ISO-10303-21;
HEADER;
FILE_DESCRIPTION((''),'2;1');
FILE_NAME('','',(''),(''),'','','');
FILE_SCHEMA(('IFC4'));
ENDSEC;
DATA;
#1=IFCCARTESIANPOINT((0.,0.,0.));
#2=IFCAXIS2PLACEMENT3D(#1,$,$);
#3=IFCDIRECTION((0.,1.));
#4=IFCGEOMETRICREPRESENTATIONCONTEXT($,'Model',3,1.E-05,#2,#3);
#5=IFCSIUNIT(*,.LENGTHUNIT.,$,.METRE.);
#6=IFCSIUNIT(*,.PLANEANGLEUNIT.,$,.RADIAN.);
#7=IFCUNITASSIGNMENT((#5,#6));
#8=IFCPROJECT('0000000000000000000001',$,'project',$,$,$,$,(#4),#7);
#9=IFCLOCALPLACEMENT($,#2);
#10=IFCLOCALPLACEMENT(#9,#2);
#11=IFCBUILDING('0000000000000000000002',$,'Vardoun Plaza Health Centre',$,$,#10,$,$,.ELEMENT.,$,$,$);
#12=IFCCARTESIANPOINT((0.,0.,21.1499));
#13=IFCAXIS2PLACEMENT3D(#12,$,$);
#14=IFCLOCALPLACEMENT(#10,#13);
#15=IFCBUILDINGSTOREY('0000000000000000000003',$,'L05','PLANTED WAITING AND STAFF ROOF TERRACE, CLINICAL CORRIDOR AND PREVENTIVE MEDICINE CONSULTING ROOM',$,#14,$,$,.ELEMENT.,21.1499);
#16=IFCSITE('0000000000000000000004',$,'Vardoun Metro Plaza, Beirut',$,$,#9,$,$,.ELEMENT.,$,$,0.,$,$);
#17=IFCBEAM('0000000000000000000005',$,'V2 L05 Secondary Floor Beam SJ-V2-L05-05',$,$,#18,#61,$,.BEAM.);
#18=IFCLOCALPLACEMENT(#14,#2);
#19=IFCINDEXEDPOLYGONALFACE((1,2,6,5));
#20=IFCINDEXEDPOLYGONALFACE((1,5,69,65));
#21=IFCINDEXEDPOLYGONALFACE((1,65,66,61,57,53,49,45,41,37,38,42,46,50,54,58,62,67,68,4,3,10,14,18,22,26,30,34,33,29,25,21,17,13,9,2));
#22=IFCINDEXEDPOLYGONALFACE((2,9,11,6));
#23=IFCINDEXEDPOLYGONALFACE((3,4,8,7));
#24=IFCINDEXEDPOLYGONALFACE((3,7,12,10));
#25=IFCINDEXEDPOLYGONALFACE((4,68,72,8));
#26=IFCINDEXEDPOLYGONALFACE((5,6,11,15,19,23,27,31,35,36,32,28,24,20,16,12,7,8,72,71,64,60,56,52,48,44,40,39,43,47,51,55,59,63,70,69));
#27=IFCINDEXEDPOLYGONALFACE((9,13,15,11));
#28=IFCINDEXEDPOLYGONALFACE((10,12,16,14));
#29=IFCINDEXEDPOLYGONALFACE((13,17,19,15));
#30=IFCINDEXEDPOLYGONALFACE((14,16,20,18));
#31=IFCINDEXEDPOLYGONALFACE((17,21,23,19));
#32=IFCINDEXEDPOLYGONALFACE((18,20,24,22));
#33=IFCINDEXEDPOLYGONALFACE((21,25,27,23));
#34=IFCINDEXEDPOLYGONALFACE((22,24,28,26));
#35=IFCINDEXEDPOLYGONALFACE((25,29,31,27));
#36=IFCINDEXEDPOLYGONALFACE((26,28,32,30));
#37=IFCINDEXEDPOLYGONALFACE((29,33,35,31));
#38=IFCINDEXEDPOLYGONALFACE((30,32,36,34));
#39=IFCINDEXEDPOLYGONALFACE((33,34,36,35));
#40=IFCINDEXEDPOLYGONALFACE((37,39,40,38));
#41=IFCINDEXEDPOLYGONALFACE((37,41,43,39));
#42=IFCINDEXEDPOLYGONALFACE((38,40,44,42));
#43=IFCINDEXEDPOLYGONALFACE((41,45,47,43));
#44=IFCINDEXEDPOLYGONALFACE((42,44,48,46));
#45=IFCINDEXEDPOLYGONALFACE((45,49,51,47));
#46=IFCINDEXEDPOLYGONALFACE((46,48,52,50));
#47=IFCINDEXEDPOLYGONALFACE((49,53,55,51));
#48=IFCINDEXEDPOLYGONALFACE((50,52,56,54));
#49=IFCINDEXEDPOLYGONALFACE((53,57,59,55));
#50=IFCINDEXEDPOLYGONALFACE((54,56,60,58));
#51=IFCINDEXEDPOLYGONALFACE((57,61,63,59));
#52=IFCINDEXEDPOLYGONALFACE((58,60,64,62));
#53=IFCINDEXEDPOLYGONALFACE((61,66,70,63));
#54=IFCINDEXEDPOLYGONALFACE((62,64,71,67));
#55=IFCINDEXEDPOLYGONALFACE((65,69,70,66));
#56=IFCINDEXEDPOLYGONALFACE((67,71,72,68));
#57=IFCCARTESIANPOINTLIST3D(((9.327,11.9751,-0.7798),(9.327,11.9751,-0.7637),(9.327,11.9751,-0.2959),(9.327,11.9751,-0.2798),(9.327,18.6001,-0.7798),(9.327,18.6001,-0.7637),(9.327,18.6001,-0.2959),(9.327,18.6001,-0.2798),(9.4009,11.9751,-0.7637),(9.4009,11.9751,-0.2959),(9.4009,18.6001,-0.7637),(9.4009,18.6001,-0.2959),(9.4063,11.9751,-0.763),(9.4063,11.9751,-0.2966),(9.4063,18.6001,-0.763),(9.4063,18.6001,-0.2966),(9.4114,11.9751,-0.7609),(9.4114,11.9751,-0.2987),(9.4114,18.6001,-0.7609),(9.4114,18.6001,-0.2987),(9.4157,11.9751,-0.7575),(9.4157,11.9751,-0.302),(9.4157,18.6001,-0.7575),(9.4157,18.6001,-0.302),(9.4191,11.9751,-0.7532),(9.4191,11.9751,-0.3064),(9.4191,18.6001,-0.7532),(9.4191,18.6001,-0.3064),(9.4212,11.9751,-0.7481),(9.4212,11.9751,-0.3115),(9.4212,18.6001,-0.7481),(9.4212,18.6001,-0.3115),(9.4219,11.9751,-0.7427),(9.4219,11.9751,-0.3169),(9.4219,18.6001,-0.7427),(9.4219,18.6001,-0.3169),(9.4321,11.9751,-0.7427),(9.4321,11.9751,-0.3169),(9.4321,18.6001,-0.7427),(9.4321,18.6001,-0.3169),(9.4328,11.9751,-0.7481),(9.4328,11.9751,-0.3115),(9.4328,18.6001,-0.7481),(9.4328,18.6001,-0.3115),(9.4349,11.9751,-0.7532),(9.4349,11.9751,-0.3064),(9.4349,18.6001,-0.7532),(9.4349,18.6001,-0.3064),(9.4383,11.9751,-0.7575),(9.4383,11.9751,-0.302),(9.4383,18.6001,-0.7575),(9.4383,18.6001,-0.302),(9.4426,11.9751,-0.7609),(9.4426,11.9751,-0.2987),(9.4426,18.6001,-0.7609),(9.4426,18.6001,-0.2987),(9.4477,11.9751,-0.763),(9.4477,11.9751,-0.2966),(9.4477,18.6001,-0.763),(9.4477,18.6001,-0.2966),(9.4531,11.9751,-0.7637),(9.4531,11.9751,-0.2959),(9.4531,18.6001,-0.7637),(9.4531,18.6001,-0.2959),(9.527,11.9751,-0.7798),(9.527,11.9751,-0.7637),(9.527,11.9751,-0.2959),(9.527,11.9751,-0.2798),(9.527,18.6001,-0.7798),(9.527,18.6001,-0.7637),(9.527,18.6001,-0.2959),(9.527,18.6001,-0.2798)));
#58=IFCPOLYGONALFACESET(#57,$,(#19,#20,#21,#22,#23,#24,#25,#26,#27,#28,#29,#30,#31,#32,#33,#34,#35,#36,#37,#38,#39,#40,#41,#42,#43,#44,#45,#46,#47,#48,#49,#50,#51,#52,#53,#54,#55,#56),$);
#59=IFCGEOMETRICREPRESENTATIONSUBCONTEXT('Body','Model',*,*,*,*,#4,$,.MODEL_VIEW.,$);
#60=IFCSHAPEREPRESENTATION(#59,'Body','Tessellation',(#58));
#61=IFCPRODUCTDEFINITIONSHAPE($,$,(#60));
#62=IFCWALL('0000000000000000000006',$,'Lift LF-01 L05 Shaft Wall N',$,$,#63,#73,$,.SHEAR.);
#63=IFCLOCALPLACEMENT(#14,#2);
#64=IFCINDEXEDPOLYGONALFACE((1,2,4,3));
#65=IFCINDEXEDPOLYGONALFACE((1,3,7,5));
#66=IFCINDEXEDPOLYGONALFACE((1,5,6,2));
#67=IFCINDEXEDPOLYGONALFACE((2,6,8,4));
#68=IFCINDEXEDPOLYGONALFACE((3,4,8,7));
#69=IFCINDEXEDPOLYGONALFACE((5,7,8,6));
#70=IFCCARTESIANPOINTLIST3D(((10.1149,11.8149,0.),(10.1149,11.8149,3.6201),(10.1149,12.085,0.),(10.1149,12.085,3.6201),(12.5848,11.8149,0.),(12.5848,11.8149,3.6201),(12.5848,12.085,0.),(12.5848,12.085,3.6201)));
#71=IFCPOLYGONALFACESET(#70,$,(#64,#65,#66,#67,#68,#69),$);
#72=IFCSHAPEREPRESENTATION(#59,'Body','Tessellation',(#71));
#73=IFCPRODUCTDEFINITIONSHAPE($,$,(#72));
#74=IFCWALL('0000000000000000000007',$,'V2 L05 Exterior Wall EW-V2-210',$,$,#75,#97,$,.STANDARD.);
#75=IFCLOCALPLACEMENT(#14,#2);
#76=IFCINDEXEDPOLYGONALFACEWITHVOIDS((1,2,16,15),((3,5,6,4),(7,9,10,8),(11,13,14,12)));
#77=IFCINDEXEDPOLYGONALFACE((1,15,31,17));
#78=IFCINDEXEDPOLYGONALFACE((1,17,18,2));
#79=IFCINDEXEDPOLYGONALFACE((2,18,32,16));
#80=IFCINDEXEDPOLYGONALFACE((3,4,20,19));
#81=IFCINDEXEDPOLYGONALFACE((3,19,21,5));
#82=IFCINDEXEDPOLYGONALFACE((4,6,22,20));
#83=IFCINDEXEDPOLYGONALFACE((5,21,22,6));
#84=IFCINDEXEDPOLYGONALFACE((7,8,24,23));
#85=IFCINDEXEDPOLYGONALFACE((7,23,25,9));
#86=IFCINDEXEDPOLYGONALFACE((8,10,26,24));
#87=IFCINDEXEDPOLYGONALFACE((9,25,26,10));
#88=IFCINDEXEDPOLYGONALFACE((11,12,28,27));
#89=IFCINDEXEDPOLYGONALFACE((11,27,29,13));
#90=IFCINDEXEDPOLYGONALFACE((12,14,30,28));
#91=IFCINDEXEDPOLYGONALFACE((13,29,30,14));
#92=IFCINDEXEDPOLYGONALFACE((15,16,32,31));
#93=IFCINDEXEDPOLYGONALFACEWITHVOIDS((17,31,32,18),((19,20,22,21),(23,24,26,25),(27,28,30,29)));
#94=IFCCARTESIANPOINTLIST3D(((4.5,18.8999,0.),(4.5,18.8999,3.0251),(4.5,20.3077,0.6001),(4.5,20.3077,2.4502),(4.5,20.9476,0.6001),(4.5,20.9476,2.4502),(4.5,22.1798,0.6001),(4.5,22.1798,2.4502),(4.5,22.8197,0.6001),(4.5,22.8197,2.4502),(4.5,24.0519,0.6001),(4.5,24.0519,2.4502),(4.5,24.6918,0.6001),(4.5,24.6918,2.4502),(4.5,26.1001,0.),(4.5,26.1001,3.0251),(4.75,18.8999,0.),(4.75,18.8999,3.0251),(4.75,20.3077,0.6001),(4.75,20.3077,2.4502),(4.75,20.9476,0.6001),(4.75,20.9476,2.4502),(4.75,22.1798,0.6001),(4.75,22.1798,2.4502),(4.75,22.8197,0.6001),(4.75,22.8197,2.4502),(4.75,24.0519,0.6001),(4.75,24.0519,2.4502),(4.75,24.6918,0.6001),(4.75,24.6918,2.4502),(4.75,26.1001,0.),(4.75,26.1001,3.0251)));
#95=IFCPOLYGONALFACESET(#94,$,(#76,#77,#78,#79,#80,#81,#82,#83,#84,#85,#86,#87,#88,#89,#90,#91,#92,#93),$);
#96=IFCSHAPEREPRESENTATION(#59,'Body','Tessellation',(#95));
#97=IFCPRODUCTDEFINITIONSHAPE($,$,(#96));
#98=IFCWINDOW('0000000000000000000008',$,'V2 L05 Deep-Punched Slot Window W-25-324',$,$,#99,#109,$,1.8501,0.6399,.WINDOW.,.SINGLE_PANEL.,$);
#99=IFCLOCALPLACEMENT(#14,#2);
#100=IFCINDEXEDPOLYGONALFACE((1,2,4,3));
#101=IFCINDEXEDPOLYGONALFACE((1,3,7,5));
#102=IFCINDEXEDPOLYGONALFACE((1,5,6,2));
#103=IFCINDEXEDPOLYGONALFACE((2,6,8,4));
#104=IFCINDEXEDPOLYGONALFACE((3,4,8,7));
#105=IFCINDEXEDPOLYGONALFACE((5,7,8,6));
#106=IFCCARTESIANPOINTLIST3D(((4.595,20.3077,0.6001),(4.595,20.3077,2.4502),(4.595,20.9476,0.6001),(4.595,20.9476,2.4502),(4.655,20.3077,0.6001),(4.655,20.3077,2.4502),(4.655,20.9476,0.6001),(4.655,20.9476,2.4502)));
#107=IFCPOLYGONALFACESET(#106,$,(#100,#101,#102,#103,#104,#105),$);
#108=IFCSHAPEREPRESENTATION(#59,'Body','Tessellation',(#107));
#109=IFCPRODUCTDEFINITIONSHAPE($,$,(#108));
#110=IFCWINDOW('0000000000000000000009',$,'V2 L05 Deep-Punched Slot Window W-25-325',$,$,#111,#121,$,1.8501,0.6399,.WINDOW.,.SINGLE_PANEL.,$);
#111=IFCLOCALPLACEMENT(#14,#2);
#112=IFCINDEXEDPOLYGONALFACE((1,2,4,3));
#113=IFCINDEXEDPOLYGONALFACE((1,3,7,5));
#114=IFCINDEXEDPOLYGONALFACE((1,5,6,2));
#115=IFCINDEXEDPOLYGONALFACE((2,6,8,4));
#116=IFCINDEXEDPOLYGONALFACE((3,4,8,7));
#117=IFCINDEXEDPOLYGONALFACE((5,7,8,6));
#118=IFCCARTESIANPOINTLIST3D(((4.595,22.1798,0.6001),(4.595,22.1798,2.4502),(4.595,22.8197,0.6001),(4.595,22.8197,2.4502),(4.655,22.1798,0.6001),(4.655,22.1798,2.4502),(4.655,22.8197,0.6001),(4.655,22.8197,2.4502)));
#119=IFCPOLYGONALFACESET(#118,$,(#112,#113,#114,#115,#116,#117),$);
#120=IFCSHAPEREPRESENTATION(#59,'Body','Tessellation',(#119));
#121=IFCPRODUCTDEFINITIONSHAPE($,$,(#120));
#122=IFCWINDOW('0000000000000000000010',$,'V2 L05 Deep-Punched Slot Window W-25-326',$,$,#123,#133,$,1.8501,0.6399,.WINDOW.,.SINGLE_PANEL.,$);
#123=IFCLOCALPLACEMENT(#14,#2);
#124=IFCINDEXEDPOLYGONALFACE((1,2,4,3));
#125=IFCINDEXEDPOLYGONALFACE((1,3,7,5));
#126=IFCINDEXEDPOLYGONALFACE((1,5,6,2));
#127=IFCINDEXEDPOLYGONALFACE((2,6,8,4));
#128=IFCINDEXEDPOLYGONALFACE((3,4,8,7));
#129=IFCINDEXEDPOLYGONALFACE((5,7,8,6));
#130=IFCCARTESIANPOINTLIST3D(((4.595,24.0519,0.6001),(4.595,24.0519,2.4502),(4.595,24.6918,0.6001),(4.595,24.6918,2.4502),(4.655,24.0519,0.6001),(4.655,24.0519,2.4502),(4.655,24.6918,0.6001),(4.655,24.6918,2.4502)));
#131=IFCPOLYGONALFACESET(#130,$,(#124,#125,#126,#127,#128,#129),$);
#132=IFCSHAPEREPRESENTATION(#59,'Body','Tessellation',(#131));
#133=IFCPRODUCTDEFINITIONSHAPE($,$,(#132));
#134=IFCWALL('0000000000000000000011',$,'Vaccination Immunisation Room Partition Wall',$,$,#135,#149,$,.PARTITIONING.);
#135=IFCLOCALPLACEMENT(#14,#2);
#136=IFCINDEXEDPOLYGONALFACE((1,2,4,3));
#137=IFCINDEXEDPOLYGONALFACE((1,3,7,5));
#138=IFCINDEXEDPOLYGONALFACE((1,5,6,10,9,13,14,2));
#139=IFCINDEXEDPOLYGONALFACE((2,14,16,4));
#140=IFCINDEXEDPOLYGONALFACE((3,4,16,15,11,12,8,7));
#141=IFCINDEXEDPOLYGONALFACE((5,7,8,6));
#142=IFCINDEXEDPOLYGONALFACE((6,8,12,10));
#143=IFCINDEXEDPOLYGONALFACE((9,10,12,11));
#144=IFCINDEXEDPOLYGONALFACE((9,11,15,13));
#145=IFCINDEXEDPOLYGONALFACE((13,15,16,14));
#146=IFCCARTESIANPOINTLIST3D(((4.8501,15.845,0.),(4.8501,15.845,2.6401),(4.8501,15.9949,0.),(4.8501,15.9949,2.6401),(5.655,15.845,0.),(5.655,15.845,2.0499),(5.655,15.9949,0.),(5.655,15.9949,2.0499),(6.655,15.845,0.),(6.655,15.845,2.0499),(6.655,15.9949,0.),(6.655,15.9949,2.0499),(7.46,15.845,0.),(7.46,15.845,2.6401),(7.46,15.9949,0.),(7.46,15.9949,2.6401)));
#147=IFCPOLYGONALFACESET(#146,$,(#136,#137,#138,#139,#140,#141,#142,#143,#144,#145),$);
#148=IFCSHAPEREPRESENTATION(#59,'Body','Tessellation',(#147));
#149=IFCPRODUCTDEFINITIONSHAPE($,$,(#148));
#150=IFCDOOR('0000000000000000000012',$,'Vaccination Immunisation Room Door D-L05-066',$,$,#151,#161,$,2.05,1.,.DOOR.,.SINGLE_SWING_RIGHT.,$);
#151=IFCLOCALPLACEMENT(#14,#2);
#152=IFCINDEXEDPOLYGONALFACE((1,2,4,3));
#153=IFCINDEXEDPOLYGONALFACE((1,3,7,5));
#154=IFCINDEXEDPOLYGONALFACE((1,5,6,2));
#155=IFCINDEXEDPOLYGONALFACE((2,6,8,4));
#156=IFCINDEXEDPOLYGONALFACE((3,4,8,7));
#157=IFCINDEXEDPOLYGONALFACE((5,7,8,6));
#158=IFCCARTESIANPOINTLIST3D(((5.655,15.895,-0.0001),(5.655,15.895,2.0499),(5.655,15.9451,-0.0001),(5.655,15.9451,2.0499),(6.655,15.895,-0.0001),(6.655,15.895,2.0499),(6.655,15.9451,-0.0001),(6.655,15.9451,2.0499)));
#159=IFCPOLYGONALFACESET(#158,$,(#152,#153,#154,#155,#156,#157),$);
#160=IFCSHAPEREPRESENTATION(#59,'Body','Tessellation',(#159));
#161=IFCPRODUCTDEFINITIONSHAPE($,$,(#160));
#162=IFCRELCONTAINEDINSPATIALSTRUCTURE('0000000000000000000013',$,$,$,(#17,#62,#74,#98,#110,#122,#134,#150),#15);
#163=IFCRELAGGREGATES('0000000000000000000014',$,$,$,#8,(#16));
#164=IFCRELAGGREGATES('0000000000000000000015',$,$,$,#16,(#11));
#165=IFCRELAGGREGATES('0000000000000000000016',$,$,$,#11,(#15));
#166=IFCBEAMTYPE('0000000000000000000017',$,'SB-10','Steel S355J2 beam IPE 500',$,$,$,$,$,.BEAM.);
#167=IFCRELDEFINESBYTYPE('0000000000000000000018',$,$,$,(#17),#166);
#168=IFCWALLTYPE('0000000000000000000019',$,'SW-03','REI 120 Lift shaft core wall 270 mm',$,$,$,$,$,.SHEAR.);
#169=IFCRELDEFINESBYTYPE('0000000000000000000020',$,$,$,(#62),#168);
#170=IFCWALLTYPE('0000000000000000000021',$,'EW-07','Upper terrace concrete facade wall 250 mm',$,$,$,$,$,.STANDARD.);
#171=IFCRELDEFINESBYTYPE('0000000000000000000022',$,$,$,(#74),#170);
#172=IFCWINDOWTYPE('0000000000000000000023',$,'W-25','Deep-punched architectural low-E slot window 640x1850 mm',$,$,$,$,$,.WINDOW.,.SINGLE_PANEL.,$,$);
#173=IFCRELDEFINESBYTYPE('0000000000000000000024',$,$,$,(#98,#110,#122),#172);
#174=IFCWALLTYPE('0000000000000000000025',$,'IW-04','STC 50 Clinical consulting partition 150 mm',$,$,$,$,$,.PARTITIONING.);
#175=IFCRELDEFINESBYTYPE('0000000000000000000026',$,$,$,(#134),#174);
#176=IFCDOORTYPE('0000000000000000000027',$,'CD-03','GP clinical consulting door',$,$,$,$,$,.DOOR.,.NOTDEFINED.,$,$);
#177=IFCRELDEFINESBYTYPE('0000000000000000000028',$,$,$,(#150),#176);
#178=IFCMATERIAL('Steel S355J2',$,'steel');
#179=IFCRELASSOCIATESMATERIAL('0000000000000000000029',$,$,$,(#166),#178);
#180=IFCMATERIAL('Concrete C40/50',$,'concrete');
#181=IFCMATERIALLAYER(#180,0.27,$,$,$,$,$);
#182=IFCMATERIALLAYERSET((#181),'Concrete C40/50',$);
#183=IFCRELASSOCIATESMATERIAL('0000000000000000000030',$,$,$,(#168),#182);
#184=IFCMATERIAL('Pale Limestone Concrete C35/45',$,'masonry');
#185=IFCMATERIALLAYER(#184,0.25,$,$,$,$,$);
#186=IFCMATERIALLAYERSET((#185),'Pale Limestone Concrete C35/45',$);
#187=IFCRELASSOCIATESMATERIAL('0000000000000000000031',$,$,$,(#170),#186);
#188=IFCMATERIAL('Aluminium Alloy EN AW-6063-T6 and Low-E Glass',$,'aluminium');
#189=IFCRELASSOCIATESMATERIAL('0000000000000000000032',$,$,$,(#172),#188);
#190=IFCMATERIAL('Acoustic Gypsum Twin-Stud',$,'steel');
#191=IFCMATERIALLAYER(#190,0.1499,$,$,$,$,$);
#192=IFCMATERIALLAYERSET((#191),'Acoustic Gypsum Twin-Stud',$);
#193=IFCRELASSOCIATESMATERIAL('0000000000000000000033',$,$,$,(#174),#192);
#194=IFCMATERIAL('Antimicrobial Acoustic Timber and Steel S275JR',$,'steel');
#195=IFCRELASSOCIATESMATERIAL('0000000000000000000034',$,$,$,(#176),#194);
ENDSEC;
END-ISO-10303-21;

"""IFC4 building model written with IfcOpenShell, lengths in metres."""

from ifc_helpers import new_model, si_unit, direction, frame, frame_2d, origin, origin_2d, place, context, subcontext, project, spatial, rectangle, i_section, extrude, material, layer, layer_set, material_profile, profile_set, type_object, element, fill, save


model = new_model("IFC4")

# Units and contexts
model_context = context("Model", 3, precision=1e-05, world=origin(), true_north=direction((0.0, 1.0)))
body_context = subcontext(model_context, "Body", "Model", "MODEL_VIEW")
ifc_project = project(units=[si_unit("LENGTHUNIT", "METRE"), si_unit("PLANEANGLEUNIT", "RADIAN")], contexts=[model_context])

# Site, building, storey
site_placement = place(None, origin())
site = spatial("IfcSite", under=ifc_project, at=site_placement, Name="Vardoun Metro Plaza, Beirut", CompositionType="ELEMENT", RefElevation=0.0)
building_placement = place(site_placement, origin())
building = spatial("IfcBuilding", under=site, at=building_placement, Name="Vardoun Plaza Health Centre", CompositionType="ELEMENT")
storey_placement = place(building_placement, frame((0.0, 0.0, 21.1499)))
storey = spatial("IfcBuildingStorey", under=building, at=storey_placement, Name="L05", Description="PLANTED WAITING AND STAFF ROOF TERRACE, CLINICAL CORRIDOR AND PREVENTIVE MEDICINE CONSULTING ROOM", CompositionType="ELEMENT", Elevation=21.1499)

# Beam
ifc_material_1 = material(Name="Steel S355J2", Category="steel")
ifc_material_profile_1 = material_profile(ifc_material_1, i_section(OverallWidth=0.2, OverallDepth=0.5, WebThickness=0.0103, FlangeThickness=0.0161, FilletRadius=0.021, at=origin_2d()), Name="IPE 500")
ifc_profile_set_1 = profile_set([ifc_material_profile_1], Name="Steel S355J2")
beam_type_1 = type_object("IfcBeamType", Name="SB-10", Description="Steel S355J2 beam IPE 500", PredefinedType="BEAM", material=ifc_profile_set_1)
beam_1_placement = place(storey_placement, frame((9.427, 11.9751, -0.5298), z_axis=(0.0, 1.0, 0.0), x_axis=(-1.0, 0.0, 0.0)))
element("IfcBeam", 1, at=beam_1_placement, inside=storey, type_object=beam_type_1, Name="V2 L05 Secondary Floor Beam SJ-V2-L05-05", PredefinedType="BEAM", context=body_context, shape_type="SweptSolid", body=[
    extrude(i_section(OverallWidth=0.2, OverallDepth=0.5, WebThickness=0.0103, FlangeThickness=0.0161, FilletRadius=0.021, at=origin_2d()), origin(), (0.0, 0.0, 1.0), 6.625),
])

# Wall
ifc_material_2 = material(Name="Concrete C40/50", Category="concrete")
ifc_layer_1 = layer(ifc_material_2, 0.27)
ifc_layer_set_1 = layer_set([ifc_layer_1], Name="Concrete C40/50")
wall_type_1 = type_object("IfcWallType", Name="SW-03", Description="REI 120 Lift shaft core wall 270 mm", PredefinedType="SHEAR", material=ifc_layer_set_1)
wall_1_placement = place(storey_placement, frame((10.115, 11.95, 0.0), z_axis=(0.0, 0.0, 1.0), x_axis=(1.0, 0.0, 0.0)))
element("IfcWall", 2, at=wall_1_placement, inside=storey, type_object=wall_type_1, Name="Lift LF-01 L05 Shaft Wall N", PredefinedType="SHEAR", context=body_context, shape_type="SweptSolid", body=[
    extrude(rectangle(XDim=2.47, YDim=0.27, at=frame_2d((1.2349, 0.0))), origin(), (0.0, 0.0, 1.0), 3.6201),
])

# Wall, openings, windows
ifc_material_3 = material(Name="Pale Limestone Concrete C35/45", Category="masonry")
ifc_layer_2 = layer(ifc_material_3, 0.25)
ifc_layer_set_2 = layer_set([ifc_layer_2], Name="Pale Limestone Concrete C35/45")
wall_type_2 = type_object("IfcWallType", Name="EW-07", Description="Upper terrace concrete facade wall 250 mm", PredefinedType="STANDARD", material=ifc_layer_set_2)
wall_2_placement = place(storey_placement, frame((4.625, 18.8999, 0.0), z_axis=(0.0, 0.0, 1.0), x_axis=(0.0, 1.0, 0.0)))
wall_2 = element("IfcWall", 3, at=wall_2_placement, inside=storey, type_object=wall_type_2, Name="V2 L05 Exterior Wall EW-V2-210", PredefinedType="STANDARD", context=body_context, shape_type="SweptSolid", body=[
    extrude(rectangle(XDim=7.2002, YDim=0.25, at=frame_2d((3.6001, 0.0))), origin(), (0.0, 0.0, 1.0), 3.0251),
])
opening_1_placement = place(wall_2_placement, frame((1.408, 0.0, 0.6001)))
opening_1 = element("IfcOpeningElement", 4, at=opening_1_placement, cuts=wall_2, PredefinedType="OPENING", context=body_context, shape_type="SweptSolid", body=[
    extrude(rectangle(XDim=0.6399, YDim=1.8501, at=frame_2d((0.3198, 0.925))), frame((0.0, 0.125, 0.0), z_axis=(0.0, -1.0, 0.0), x_axis=(1.0, 0.0, 0.0)), (0.0, 0.0, 1.0), 0.25),
])
opening_2_placement = place(wall_2_placement, frame((3.28, 0.0, 0.6001)))
opening_2 = element("IfcOpeningElement", 5, at=opening_2_placement, cuts=wall_2, PredefinedType="OPENING", context=body_context, shape_type="SweptSolid", body=[
    extrude(rectangle(XDim=0.6399, YDim=1.8501, at=frame_2d((0.3198, 0.925))), frame((0.0, 0.125, 0.0), z_axis=(0.0, -1.0, 0.0), x_axis=(1.0, 0.0, 0.0)), (0.0, 0.0, 1.0), 0.25),
])
opening_3_placement = place(wall_2_placement, frame((5.1521, 0.0, 0.6001)))
opening_3 = element("IfcOpeningElement", 6, at=opening_3_placement, cuts=wall_2, PredefinedType="OPENING", context=body_context, shape_type="SweptSolid", body=[
    extrude(rectangle(XDim=0.6399, YDim=1.8501, at=frame_2d((0.3198, 0.925))), frame((0.0, 0.125, 0.0), z_axis=(0.0, -1.0, 0.0), x_axis=(1.0, 0.0, 0.0)), (0.0, 0.0, 1.0), 0.25),
])
ifc_material_4 = material(Name="Aluminium Alloy EN AW-6063-T6 and Low-E Glass", Category="aluminium")
window_type = type_object("IfcWindowType", Name="W-25", Description="Deep-punched architectural low-E slot window 640x1850 mm", PartitioningType="SINGLE_PANEL", PredefinedType="WINDOW", material=ifc_material_4)
window_1_placement = place(opening_1_placement, origin())
window_1 = element("IfcWindow", 7, at=window_1_placement, inside=storey, type_object=window_type, Name="V2 L05 Deep-Punched Slot Window W-25-324", OverallHeight=1.8501, OverallWidth=0.6399, PartitioningType="SINGLE_PANEL", PredefinedType="WINDOW", context=body_context, shape_type="SweptSolid", body=[
    extrude(rectangle(XDim=0.6399, YDim=1.8501, at=frame_2d((0.3198, 0.925))), frame((0.0, 0.03, 0.0), z_axis=(0.0, -1.0, 0.0), x_axis=(1.0, 0.0, 0.0)), (0.0, 0.0, 1.0), 0.0601),
])
fill(opening_1, window_1)
window_2_placement = place(opening_2_placement, origin())
window_2 = element("IfcWindow", 8, at=window_2_placement, inside=storey, type_object=window_type, Name="V2 L05 Deep-Punched Slot Window W-25-325", OverallHeight=1.8501, OverallWidth=0.6399, PartitioningType="SINGLE_PANEL", PredefinedType="WINDOW", context=body_context, shape_type="SweptSolid", body=[
    extrude(rectangle(XDim=0.6399, YDim=1.8501, at=frame_2d((0.3198, 0.925))), frame((0.0, 0.03, 0.0), z_axis=(0.0, -1.0, 0.0), x_axis=(1.0, 0.0, 0.0)), (0.0, 0.0, 1.0), 0.0601),
])
fill(opening_2, window_2)
window_3_placement = place(opening_3_placement, origin())
window_3 = element("IfcWindow", 9, at=window_3_placement, inside=storey, type_object=window_type, Name="V2 L05 Deep-Punched Slot Window W-25-326", OverallHeight=1.8501, OverallWidth=0.6399, PartitioningType="SINGLE_PANEL", PredefinedType="WINDOW", context=body_context, shape_type="SweptSolid", body=[
    extrude(rectangle(XDim=0.6399, YDim=1.8501, at=frame_2d((0.3198, 0.925))), frame((0.0, 0.03, 0.0), z_axis=(0.0, -1.0, 0.0), x_axis=(1.0, 0.0, 0.0)), (0.0, 0.0, 1.0), 0.0601),
])
fill(opening_3, window_3)

# Wall, opening, door
ifc_material_5 = material(Name="Acoustic Gypsum Twin-Stud", Category="steel")
ifc_layer_3 = layer(ifc_material_5, 0.1499)
ifc_layer_set_3 = layer_set([ifc_layer_3], Name="Acoustic Gypsum Twin-Stud")
wall_type_3 = type_object("IfcWallType", Name="IW-04", Description="STC 50 Clinical consulting partition 150 mm", PredefinedType="PARTITIONING", material=ifc_layer_set_3)
wall_3_placement = place(storey_placement, frame((7.46, 15.9199, 0.0), z_axis=(0.0, 0.0, 1.0), x_axis=(-1.0, 0.0, 0.0)))
wall_3 = element("IfcWall", 10, at=wall_3_placement, inside=storey, type_object=wall_type_3, Name="Vaccination Immunisation Room Partition Wall", PredefinedType="PARTITIONING", context=body_context, shape_type="SweptSolid", body=[
    extrude(rectangle(XDim=2.6099, YDim=0.1499, at=frame_2d((1.3049, 0.0))), origin(), (0.0, 0.0, 1.0), 2.6401),
])
opening_4_placement = place(wall_3_placement, frame((0.8049, 0.0, 0.0)))
opening_4 = element("IfcOpeningElement", 11, at=opening_4_placement, cuts=wall_3, PredefinedType="OPENING", context=body_context, shape_type="SweptSolid", body=[
    extrude(rectangle(XDim=1.0, YDim=2.05, at=frame_2d((0.5, 1.0249))), frame((0.0, 0.075, 0.0), z_axis=(0.0, -1.0, 0.0), x_axis=(1.0, 0.0, 0.0)), (0.0, 0.0, 1.0), 0.1499),
])
ifc_material_6 = material(Name="Antimicrobial Acoustic Timber and Steel S275JR", Category="steel")
door_type_1 = type_object("IfcDoorType", Name="CD-03", Description="GP clinical consulting door", OperationType="NOTDEFINED", PredefinedType="DOOR", material=ifc_material_6)
door_1_placement = place(opening_4_placement, origin())
door_1 = element("IfcDoor", 12, at=door_1_placement, inside=storey, type_object=door_type_1, Name="Vaccination Immunisation Room Door D-L05-066", OperationType="SINGLE_SWING_RIGHT", OverallHeight=2.05, OverallWidth=1.0, PredefinedType="DOOR", context=body_context, shape_type="SweptSolid", body=[
    extrude(rectangle(XDim=1.0, YDim=2.05, at=frame_2d((0.5, 1.0249))), frame((0.0, 0.0249, 0.0), z_axis=(0.0, -1.0, 0.0), x_axis=(1.0, 0.0, 0.0)), (0.0, 0.0, 1.0), 0.05),
])
fill(opening_4, door_1)

save(model, "model.ifc")
